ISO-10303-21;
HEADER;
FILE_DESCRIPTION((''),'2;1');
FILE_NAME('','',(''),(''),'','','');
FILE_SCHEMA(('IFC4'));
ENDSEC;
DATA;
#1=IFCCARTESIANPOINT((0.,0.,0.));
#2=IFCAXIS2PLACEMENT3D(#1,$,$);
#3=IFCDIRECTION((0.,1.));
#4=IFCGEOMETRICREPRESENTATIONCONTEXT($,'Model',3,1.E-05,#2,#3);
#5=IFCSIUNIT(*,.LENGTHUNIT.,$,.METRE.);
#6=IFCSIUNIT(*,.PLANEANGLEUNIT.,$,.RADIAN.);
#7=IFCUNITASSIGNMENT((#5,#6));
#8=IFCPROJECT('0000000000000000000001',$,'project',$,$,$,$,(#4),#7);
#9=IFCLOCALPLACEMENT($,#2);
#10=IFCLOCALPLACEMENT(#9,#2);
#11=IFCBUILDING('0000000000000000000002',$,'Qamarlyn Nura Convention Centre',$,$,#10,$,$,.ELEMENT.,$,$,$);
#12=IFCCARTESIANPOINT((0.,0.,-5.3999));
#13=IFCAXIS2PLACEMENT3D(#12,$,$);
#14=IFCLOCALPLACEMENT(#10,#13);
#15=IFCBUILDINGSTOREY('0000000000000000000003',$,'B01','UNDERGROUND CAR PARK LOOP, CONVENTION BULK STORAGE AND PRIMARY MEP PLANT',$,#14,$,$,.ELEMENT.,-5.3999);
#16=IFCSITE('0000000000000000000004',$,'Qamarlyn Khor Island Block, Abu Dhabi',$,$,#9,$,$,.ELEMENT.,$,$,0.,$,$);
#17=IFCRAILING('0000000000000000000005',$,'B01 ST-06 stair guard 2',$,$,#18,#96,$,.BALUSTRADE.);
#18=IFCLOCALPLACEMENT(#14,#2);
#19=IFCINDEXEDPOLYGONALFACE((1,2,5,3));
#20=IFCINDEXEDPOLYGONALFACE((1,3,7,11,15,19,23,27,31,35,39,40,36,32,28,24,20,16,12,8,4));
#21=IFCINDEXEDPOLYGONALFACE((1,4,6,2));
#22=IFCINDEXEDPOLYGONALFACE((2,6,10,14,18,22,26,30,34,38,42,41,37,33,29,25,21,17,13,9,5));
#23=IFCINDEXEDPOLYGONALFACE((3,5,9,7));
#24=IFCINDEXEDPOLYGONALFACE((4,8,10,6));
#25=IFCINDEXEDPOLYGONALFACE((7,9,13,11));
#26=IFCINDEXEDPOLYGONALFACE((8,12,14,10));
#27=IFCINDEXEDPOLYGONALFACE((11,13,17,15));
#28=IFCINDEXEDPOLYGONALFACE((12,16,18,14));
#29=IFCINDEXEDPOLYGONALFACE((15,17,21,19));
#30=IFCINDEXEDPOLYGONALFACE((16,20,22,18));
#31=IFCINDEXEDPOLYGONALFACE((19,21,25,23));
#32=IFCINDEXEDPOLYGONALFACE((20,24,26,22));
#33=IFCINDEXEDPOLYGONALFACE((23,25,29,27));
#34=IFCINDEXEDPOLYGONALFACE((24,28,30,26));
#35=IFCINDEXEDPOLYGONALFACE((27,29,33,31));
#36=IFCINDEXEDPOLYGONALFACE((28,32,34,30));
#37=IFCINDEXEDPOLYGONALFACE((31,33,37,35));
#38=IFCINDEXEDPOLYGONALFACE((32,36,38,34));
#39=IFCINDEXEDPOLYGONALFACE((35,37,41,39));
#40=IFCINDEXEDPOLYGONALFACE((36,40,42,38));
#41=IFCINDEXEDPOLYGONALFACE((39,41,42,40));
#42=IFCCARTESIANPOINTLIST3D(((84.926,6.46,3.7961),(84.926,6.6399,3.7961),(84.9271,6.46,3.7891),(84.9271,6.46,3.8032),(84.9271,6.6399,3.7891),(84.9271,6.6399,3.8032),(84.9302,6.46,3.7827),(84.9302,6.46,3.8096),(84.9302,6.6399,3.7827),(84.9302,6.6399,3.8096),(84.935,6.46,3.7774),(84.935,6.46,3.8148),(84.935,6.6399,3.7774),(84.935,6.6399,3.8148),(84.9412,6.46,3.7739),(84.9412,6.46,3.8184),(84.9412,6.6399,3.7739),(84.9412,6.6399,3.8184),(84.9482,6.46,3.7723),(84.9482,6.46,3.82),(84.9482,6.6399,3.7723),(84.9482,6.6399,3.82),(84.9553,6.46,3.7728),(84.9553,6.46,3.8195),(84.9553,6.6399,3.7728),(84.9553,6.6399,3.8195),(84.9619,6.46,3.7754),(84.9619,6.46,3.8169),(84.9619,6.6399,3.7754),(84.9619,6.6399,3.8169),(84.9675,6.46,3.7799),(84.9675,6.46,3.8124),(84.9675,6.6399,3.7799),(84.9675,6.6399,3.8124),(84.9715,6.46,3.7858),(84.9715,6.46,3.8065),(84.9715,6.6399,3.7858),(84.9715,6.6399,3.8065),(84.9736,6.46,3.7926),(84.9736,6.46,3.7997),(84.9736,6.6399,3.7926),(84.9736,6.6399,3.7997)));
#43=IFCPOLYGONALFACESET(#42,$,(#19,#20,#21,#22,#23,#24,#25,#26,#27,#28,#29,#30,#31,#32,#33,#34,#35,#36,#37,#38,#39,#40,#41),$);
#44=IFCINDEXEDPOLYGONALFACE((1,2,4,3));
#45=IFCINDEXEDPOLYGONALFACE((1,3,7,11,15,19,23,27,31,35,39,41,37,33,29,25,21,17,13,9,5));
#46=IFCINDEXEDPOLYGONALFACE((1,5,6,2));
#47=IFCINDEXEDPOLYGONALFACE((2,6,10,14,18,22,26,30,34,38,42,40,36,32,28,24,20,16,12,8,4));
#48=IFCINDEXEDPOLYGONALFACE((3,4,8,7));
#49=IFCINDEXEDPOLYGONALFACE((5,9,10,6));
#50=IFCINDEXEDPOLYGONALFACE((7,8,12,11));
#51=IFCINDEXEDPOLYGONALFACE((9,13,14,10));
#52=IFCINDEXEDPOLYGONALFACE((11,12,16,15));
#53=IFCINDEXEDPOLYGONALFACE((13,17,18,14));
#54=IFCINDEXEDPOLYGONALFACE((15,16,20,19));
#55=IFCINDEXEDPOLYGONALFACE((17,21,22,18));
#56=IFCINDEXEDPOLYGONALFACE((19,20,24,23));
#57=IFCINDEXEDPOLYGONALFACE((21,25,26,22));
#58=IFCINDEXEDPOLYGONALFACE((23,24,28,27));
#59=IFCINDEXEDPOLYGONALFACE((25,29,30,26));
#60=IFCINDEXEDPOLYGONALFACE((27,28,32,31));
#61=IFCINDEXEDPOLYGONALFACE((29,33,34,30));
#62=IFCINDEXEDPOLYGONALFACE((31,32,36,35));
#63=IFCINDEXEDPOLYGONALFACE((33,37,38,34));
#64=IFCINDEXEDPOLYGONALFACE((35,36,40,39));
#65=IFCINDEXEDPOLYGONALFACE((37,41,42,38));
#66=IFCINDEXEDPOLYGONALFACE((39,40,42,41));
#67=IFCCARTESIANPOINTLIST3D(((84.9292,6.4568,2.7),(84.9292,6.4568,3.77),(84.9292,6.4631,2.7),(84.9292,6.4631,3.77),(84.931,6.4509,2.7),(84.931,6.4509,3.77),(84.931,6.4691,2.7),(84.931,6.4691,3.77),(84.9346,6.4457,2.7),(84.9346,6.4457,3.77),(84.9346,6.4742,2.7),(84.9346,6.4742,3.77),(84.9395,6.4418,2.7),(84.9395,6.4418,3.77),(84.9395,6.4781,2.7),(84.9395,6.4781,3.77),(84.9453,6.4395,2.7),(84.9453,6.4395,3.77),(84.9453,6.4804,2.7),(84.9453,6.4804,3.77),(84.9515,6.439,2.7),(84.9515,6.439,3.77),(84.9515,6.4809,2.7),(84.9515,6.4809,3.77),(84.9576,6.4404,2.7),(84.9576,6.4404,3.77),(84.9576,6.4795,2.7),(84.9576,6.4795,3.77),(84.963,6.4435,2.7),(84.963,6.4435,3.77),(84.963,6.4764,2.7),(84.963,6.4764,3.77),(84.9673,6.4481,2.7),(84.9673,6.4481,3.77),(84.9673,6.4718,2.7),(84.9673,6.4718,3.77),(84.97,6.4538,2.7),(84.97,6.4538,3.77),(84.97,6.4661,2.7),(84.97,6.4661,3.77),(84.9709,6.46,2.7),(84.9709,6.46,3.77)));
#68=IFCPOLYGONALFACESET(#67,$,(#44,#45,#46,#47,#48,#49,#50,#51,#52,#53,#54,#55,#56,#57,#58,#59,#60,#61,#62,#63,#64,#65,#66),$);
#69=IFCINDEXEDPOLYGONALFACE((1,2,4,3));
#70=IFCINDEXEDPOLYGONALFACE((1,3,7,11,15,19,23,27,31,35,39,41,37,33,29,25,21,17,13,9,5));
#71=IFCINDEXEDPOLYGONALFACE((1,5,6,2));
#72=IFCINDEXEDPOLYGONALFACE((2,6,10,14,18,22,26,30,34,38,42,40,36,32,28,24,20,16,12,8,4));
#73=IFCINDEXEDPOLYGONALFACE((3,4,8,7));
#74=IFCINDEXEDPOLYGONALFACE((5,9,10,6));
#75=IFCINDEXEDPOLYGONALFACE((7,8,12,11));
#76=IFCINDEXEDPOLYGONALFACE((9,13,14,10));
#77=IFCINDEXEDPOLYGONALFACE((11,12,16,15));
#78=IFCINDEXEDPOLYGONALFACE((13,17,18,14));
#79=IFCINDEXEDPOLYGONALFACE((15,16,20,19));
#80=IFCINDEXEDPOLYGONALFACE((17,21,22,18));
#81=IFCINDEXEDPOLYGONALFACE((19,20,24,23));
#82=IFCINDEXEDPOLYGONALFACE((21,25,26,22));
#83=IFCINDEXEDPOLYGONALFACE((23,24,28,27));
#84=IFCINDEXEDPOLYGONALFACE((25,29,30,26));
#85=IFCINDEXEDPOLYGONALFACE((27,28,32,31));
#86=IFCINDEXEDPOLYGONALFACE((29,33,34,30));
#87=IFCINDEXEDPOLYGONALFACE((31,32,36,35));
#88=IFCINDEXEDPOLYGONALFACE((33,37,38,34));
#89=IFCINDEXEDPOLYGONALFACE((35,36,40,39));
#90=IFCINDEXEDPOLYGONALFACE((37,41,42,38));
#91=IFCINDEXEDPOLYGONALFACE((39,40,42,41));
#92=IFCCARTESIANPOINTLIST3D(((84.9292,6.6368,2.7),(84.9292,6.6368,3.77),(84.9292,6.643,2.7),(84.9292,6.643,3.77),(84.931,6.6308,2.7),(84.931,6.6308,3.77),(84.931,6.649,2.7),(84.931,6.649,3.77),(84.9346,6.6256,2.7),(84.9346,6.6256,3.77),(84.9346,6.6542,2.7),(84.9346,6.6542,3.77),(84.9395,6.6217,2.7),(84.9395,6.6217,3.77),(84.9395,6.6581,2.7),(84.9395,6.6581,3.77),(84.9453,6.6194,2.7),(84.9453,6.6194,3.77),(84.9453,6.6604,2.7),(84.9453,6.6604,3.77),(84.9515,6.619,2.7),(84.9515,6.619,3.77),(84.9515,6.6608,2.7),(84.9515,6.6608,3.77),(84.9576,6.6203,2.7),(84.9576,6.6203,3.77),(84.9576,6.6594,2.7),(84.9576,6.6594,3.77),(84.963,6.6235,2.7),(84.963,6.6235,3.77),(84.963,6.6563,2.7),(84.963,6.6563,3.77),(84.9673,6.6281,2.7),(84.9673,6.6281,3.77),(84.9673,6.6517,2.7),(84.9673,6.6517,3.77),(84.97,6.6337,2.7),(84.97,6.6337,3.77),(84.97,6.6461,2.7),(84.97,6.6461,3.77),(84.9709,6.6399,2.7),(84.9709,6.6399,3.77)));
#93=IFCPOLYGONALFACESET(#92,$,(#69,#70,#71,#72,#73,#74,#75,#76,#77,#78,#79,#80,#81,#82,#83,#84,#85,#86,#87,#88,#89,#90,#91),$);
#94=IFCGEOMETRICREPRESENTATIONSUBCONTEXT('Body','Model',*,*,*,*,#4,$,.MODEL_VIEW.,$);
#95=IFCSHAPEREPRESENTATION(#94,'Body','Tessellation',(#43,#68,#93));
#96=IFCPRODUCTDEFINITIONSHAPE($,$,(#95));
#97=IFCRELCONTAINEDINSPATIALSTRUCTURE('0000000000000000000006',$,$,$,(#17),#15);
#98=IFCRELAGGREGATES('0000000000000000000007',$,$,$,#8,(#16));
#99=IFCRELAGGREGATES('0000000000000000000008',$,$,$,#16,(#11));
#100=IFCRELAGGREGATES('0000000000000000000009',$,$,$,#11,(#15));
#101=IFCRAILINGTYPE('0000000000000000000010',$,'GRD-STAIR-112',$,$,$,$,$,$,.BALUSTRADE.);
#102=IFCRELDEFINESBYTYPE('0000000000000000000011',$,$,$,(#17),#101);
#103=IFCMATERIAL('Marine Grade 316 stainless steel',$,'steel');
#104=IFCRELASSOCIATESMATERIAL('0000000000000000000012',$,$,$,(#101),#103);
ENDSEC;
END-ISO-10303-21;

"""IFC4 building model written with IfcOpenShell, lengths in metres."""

from ifc_helpers import new_model, si_unit, direction, frame, origin, origin_2d, place, context, subcontext, project, spatial, circle, extrude, material, type_object, element, save


model = new_model("IFC4")

# Units and contexts
model_context = context("Model", 3, precision=1e-05, world=origin(), true_north=direction((0.0, 1.0)))
body_context = subcontext(model_context, "Body", "Model", "MODEL_VIEW")
ifc_project = project(units=[si_unit("LENGTHUNIT", "METRE"), si_unit("PLANEANGLEUNIT", "RADIAN")], contexts=[model_context])

# Site, building, storey
site_placement = place(None, origin())
site = spatial("IfcSite", under=ifc_project, at=site_placement, Name="Qamarlyn Khor Island Block, Abu Dhabi", CompositionType="ELEMENT", RefElevation=0.0)
building_placement = place(site_placement, origin())
building = spatial("IfcBuilding", under=site, at=building_placement, Name="Qamarlyn Nura Convention Centre", CompositionType="ELEMENT")
storey_placement = place(building_placement, frame((0.0, 0.0, -5.3999)))
storey = spatial("IfcBuildingStorey", under=building, at=storey_placement, Name="B01", Description="UNDERGROUND CAR PARK LOOP, CONVENTION BULK STORAGE AND PRIMARY MEP PLANT", CompositionType="ELEMENT", Elevation=-5.3999)

# Railing
ifc_material_1 = material(Name="Marine Grade 316 stainless steel", Category="steel")
railing_type_1 = type_object("IfcRailingType", Name="GRD-STAIR-112", PredefinedType="BALUSTRADE", material=ifc_material_1)
railing_1_placement = place(storey_placement, frame((84.95, 6.46, 2.7)))
element("IfcRailing", 1, at=railing_1_placement, inside=storey, type_object=railing_type_1, Name="B01 ST-06 stair guard 2", PredefinedType="BALUSTRADE", context=body_context, shape_type="SweptSolid", body=[
    extrude(circle(Radius=0.0239, at=origin_2d()), frame((0.0, 0.0, 1.0962), z_axis=(0.0, 1.0, 0.0), x_axis=(-1.0, 0.0, 0.0)), (0.0, 0.0, 1.0), 0.1799),
    extrude(circle(Radius=0.021, at=origin_2d()), origin(), (0.0, 0.0, 1.0), 1.0701),
    extrude(circle(Radius=0.021, at=origin_2d()), frame((0.0, 0.1799, 0.0)), (0.0, 0.0, 1.0), 1.0701),
])

save(model, "model.ifc")
